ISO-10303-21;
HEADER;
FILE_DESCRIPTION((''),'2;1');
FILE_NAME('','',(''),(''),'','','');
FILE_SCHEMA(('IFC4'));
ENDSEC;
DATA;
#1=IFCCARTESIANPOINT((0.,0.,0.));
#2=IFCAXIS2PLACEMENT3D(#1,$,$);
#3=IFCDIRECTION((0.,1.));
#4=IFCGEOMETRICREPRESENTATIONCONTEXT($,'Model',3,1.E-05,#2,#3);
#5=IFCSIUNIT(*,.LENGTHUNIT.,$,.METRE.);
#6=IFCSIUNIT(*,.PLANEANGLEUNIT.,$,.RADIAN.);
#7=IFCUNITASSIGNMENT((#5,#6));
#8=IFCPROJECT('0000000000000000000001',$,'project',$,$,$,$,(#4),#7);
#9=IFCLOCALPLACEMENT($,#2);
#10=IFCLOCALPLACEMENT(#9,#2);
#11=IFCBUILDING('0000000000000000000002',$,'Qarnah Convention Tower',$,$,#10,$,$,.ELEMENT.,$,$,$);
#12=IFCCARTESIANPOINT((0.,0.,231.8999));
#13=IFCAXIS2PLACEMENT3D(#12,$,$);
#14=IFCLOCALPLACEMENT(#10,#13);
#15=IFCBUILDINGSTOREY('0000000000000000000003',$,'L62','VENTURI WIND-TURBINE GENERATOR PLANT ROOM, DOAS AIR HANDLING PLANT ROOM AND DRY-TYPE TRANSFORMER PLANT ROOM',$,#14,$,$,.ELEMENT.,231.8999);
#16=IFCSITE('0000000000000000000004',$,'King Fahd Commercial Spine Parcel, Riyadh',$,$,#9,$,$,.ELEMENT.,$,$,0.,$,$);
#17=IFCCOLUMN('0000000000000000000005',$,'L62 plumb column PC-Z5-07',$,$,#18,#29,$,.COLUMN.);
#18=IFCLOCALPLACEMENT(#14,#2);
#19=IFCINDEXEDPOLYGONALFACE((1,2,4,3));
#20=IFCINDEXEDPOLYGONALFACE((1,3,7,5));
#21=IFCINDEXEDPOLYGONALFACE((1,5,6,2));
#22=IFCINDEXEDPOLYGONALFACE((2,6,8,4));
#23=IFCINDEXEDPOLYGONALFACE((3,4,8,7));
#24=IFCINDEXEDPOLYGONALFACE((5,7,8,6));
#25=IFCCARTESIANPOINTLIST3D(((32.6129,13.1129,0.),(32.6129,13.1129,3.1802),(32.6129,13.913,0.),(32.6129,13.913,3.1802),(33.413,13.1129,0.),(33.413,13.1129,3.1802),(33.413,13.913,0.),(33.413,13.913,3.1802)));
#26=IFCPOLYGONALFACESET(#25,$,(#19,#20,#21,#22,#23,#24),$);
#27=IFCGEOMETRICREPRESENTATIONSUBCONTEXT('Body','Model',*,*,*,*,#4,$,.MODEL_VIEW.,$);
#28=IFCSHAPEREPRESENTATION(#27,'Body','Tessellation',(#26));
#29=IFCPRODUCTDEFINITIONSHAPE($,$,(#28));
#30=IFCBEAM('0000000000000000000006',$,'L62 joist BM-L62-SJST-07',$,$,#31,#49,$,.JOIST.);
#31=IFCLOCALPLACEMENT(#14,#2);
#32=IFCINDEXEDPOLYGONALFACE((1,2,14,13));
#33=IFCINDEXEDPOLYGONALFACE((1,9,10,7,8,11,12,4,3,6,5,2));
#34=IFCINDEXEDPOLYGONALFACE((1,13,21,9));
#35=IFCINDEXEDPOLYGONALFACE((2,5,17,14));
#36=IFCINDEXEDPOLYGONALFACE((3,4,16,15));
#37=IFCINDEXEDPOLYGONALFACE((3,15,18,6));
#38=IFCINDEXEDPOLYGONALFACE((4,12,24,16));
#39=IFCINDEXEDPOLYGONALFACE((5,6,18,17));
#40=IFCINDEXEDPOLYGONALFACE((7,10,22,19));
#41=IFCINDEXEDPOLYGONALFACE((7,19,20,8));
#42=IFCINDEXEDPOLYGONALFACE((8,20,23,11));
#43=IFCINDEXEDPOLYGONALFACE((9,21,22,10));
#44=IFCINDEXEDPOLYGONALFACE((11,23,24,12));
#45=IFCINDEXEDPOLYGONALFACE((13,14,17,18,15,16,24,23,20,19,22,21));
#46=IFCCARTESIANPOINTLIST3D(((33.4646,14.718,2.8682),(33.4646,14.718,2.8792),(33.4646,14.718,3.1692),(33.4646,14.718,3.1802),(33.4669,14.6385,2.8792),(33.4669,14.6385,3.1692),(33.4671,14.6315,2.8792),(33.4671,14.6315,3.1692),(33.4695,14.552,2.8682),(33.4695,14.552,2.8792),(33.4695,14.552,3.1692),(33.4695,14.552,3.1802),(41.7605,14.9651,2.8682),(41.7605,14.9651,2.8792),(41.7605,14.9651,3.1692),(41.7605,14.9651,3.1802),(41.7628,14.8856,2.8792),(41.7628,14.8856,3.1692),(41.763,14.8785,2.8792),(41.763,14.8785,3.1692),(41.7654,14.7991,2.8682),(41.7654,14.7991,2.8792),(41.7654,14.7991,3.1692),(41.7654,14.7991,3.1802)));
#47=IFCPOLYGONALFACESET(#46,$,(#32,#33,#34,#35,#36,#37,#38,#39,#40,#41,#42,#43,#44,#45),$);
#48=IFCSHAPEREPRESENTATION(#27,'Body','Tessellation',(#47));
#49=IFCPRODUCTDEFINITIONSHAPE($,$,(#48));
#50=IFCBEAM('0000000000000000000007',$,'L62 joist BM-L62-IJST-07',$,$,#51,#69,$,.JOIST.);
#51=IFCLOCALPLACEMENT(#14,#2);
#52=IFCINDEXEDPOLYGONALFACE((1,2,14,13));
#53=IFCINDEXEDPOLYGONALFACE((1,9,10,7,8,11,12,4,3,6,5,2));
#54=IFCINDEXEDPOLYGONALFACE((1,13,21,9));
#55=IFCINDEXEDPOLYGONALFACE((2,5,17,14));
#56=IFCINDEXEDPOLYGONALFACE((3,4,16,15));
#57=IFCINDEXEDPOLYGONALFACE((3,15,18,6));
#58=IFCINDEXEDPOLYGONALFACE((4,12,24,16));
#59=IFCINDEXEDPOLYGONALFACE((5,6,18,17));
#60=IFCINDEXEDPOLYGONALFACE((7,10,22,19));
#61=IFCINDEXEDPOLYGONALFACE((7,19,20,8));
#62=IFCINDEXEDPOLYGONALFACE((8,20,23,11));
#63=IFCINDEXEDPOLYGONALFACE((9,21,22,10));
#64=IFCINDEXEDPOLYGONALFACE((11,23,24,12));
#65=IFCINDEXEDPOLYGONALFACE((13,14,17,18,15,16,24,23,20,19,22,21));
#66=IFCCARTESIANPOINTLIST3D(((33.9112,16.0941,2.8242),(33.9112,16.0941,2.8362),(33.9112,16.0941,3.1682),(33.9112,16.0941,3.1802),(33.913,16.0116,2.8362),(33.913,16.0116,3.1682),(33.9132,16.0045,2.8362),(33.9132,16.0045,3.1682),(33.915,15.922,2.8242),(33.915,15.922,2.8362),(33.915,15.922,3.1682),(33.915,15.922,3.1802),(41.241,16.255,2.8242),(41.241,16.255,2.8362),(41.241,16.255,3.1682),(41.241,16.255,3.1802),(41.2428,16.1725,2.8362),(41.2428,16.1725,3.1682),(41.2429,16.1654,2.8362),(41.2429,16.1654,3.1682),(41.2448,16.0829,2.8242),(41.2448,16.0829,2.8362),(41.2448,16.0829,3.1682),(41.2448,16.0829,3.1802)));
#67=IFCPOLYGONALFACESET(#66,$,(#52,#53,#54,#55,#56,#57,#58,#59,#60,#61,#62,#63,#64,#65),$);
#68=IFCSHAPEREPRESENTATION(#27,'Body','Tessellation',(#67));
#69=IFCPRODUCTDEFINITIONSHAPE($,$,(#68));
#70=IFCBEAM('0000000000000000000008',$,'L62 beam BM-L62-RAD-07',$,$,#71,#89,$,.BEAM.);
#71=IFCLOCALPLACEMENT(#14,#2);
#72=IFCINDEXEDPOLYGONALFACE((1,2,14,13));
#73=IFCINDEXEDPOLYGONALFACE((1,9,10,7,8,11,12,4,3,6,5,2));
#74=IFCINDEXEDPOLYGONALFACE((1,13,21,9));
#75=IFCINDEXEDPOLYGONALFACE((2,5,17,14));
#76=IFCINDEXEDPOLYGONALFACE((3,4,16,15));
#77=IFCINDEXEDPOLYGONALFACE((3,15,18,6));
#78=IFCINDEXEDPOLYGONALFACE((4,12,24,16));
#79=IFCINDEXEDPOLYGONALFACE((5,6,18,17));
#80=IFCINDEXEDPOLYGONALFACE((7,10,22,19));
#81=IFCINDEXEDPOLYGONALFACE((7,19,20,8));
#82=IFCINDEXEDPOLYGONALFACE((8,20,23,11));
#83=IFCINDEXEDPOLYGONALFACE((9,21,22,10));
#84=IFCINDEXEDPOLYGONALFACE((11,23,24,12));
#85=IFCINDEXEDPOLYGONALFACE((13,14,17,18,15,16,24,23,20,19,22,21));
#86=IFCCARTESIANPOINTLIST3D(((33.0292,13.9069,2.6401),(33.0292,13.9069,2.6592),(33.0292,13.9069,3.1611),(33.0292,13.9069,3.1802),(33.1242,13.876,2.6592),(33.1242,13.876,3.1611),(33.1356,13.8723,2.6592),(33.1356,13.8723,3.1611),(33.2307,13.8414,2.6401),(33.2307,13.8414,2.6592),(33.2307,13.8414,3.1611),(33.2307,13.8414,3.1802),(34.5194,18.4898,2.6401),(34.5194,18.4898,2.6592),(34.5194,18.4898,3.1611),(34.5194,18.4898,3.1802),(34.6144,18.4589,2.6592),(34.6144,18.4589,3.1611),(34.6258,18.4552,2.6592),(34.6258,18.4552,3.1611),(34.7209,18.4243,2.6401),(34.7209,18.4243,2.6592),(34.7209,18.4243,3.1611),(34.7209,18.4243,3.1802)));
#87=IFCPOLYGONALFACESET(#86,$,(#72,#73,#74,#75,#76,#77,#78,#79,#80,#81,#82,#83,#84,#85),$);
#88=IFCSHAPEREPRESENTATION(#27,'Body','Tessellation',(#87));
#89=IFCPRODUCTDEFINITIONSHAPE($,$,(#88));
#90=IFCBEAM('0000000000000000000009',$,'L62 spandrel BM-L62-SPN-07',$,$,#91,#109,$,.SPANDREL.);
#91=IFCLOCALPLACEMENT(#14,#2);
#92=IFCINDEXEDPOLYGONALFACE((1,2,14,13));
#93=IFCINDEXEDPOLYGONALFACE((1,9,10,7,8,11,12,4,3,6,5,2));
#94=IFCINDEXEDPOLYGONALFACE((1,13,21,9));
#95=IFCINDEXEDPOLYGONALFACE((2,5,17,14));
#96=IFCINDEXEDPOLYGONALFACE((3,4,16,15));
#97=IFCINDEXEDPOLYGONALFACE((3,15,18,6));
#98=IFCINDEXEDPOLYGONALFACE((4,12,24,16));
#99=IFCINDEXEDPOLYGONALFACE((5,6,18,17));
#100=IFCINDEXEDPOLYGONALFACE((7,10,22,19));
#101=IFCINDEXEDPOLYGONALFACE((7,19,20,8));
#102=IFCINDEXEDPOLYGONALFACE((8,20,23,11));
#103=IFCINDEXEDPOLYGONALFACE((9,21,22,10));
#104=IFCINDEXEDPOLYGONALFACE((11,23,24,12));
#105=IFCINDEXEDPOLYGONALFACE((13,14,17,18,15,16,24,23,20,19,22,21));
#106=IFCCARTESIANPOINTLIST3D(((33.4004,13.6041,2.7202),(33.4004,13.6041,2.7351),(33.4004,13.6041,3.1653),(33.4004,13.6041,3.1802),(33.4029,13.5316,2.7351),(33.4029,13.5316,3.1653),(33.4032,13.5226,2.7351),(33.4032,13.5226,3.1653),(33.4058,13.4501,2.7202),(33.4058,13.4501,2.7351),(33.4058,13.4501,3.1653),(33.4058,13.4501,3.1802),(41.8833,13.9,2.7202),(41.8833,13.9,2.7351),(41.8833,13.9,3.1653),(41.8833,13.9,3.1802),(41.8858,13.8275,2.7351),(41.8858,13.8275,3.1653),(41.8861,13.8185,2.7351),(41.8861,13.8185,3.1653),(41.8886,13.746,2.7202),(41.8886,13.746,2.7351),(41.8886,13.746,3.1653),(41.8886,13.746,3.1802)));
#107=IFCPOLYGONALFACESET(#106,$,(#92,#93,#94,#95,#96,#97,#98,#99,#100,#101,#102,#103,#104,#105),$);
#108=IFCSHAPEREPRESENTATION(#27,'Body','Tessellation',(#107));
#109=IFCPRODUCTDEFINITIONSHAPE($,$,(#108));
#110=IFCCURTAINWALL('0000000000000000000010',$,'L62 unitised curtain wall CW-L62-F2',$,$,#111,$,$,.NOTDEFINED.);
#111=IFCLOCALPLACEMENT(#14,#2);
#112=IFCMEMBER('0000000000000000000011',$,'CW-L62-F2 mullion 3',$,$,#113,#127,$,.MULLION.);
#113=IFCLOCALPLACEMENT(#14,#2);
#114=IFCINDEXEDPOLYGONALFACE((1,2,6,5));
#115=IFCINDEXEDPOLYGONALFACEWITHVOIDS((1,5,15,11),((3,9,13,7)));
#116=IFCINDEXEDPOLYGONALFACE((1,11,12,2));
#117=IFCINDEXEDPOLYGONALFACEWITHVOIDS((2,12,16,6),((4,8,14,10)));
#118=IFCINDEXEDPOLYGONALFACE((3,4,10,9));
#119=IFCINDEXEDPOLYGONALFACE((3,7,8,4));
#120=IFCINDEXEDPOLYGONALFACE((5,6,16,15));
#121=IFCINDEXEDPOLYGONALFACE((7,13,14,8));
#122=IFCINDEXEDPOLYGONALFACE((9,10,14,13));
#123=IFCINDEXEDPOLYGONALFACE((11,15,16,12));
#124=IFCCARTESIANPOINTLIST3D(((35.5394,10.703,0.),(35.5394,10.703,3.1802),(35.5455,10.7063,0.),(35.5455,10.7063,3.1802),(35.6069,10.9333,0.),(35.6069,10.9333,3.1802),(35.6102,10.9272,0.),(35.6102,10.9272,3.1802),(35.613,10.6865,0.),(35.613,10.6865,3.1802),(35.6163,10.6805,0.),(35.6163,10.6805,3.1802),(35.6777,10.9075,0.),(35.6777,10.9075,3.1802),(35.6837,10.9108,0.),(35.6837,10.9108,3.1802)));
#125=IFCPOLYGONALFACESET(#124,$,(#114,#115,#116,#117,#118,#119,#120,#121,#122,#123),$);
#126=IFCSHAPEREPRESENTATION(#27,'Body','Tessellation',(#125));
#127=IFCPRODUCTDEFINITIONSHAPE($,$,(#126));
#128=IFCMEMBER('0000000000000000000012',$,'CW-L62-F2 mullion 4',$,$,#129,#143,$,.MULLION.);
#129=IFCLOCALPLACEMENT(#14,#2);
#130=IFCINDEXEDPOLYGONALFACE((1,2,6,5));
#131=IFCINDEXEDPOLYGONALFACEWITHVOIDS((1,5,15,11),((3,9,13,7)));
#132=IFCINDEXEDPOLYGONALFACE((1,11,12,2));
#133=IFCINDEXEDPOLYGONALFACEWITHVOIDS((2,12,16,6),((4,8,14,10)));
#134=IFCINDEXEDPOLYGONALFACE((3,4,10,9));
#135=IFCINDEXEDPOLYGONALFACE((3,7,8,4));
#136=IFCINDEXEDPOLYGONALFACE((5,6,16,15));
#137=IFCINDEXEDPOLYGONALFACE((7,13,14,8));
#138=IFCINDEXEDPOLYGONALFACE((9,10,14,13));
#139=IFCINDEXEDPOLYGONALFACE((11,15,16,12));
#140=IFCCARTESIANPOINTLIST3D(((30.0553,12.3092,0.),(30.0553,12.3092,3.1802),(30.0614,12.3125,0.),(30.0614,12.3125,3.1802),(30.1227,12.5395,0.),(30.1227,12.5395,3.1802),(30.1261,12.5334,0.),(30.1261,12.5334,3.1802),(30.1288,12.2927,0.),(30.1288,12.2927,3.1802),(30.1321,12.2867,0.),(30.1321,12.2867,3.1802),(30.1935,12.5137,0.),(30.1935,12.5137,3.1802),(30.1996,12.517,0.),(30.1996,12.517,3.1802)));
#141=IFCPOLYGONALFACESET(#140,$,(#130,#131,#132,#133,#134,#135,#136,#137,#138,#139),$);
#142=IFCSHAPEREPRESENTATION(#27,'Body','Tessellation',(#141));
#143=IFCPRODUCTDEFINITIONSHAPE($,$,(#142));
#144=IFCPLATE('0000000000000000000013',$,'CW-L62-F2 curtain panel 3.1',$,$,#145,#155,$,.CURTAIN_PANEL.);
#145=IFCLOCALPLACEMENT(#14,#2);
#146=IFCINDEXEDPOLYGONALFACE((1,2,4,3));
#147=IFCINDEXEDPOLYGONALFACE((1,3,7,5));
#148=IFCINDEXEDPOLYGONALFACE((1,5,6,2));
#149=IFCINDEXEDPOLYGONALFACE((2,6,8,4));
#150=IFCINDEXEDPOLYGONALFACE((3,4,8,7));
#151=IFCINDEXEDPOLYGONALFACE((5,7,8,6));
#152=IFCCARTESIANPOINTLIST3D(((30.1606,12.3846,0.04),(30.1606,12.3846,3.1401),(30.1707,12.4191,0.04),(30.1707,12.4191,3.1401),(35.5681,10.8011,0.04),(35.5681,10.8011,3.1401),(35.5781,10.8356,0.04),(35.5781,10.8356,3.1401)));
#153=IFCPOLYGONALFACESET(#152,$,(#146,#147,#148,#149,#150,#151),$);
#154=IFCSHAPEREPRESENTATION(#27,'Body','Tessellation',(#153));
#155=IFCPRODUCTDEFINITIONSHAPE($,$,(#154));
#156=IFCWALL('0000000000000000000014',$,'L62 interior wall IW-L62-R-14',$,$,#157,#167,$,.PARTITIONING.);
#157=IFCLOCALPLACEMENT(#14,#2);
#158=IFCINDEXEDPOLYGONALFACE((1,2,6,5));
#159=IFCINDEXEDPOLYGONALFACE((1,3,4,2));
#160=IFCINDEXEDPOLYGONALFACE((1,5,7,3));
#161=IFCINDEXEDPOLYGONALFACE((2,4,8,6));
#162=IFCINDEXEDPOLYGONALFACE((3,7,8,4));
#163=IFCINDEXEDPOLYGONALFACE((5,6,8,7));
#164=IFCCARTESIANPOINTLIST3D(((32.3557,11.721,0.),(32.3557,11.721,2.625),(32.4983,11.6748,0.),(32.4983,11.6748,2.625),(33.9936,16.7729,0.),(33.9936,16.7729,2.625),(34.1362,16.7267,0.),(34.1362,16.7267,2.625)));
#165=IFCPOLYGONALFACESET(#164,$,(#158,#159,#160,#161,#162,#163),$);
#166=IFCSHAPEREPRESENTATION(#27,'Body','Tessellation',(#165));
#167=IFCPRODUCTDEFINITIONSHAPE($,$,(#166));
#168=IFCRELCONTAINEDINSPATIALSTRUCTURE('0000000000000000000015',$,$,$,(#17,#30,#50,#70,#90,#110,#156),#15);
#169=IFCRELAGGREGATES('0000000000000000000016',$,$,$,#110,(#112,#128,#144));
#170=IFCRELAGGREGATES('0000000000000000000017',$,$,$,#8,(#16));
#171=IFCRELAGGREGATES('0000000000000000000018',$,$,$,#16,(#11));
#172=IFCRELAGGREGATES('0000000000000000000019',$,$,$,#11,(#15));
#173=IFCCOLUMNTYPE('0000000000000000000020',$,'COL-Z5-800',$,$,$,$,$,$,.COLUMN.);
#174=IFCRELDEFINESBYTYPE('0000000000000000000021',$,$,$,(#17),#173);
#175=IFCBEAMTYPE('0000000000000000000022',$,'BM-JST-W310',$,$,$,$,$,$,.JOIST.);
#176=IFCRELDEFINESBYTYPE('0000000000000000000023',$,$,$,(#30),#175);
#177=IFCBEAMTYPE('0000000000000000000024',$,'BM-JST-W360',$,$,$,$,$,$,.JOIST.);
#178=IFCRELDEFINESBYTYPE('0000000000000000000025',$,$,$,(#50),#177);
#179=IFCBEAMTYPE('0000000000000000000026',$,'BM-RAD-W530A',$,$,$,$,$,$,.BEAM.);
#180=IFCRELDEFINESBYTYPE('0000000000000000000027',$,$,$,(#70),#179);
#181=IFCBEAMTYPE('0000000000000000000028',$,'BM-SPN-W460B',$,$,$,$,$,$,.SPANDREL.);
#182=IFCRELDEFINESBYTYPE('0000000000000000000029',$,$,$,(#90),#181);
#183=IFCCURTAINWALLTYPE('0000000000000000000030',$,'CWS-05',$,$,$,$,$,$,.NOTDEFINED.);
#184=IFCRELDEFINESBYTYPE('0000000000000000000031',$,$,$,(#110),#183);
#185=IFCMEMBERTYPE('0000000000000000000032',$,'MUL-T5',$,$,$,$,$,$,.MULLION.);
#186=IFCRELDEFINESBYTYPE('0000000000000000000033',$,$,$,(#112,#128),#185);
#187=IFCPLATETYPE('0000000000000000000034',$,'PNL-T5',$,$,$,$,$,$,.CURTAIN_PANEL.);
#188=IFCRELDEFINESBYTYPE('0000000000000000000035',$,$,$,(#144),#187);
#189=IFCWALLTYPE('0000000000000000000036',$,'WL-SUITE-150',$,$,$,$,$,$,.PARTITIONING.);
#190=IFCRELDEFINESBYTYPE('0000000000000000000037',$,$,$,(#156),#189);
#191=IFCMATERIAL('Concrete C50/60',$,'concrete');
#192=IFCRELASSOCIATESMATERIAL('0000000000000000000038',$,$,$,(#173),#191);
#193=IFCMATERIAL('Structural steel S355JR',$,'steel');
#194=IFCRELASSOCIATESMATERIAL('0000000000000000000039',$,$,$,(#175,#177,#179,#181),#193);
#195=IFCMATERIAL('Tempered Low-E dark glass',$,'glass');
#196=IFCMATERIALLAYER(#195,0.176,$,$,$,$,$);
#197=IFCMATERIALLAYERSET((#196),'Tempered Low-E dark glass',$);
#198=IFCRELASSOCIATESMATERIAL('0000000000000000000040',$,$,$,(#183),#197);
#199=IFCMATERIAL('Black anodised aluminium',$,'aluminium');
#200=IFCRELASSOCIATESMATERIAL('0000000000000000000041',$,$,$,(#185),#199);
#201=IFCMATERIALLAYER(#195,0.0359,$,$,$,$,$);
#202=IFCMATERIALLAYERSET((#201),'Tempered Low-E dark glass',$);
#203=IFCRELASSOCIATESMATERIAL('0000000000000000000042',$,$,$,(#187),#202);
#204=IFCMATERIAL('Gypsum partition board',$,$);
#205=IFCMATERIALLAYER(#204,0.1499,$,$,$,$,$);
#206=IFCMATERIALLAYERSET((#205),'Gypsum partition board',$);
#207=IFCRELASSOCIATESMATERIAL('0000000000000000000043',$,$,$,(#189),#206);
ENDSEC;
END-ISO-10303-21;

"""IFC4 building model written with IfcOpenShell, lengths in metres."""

from ifc_helpers import new_model, si_unit, direction, frame, frame_2d, origin, origin_2d, place, context, subcontext, project, spatial, rectangle, hollow_rectangle, i_section, extrude, material, layer, layer_set, material_profile, profile_set, type_object, element, aggregate, save


model = new_model("IFC4")

# Units and contexts
model_context = context("Model", 3, precision=1e-05, world=origin(), true_north=direction((0.0, 1.0)))
body_context = subcontext(model_context, "Body", "Model", "MODEL_VIEW")
ifc_project = project(units=[si_unit("LENGTHUNIT", "METRE"), si_unit("PLANEANGLEUNIT", "RADIAN")], contexts=[model_context])

# Site, building, storey
site_placement = place(None, origin())
site = spatial("IfcSite", under=ifc_project, at=site_placement, Name="King Fahd Commercial Spine Parcel, Riyadh", CompositionType="ELEMENT", RefElevation=0.0)
building_placement = place(site_placement, origin())
building = spatial("IfcBuilding", under=site, at=building_placement, Name="Qarnah Convention Tower", CompositionType="ELEMENT")
storey_placement = place(building_placement, frame((0.0, 0.0, 231.8999)))
storey = spatial("IfcBuildingStorey", under=building, at=storey_placement, Name="L62", Description="VENTURI WIND-TURBINE GENERATOR PLANT ROOM, DOAS AIR HANDLING PLANT ROOM AND DRY-TYPE TRANSFORMER PLANT ROOM", CompositionType="ELEMENT", Elevation=231.8999)

# Column
ifc_material_1 = material(Name="Concrete C50/60", Category="concrete")
ifc_material_profile_1 = material_profile(ifc_material_1, rectangle(XDim=0.8, YDim=0.8, at=origin_2d()), Name="RC-COL-800X800")
ifc_profile_set_1 = profile_set([ifc_material_profile_1], Name="Concrete C50/60")
column_type = type_object("IfcColumnType", Name="COL-Z5-800", PredefinedType="COLUMN", material=ifc_profile_set_1)
column_placement = place(storey_placement, frame((33.0129, 13.5129, 0.0), z_axis=(0.0, 0.0, 1.0), x_axis=(1.0, 0.0, 0.0)))
element("IfcColumn", 1, at=column_placement, inside=storey, type_object=column_type, Name="L62 plumb column PC-Z5-07", PredefinedType="COLUMN", context=body_context, shape_type="SweptSolid", body=[
    extrude(rectangle(XDim=0.8, YDim=0.8, at=origin_2d()), origin(), (0.0, 0.0, 1.0), 3.1802),
])

# Beams
ifc_material_2 = material(Name="Structural steel S355JR", Category="steel")
ifc_material_profile_2 = material_profile(ifc_material_2, i_section(OverallWidth=0.166, OverallDepth=0.312, WebThickness=0.0071, FlangeThickness=0.011, at=origin_2d()), Name="W310X45")
ifc_profile_set_2 = profile_set([ifc_material_profile_2], Name="Structural steel S355JR")
beam_type_1 = type_object("IfcBeamType", Name="BM-JST-W310", PredefinedType="JOIST", material=ifc_profile_set_2)
beam_1_placement = place(storey_placement, frame((33.467, 14.635, 3.0242), z_axis=(0.999557, 0.029769, 0.0), x_axis=(-0.029769, 0.999557, 0.0)))
element("IfcBeam", 2, at=beam_1_placement, inside=storey, type_object=beam_type_1, Name="L62 joist BM-L62-SJST-07", PredefinedType="JOIST", context=body_context, shape_type="SweptSolid", body=[
    extrude(i_section(OverallWidth=0.166, OverallDepth=0.312, WebThickness=0.0071, FlangeThickness=0.011, at=origin_2d()), origin(), (0.0, 0.0, 1.0), 8.2996),
])
ifc_material_profile_3 = material_profile(ifc_material_2, i_section(OverallWidth=0.1721, OverallDepth=0.356, WebThickness=0.0071, FlangeThickness=0.012, at=origin_2d()), Name="W360X51")
ifc_profile_set_3 = profile_set([ifc_material_profile_3], Name="Structural steel S355JR")
beam_type_2 = type_object("IfcBeamType", Name="BM-JST-W360", PredefinedType="JOIST", material=ifc_profile_set_3)
beam_2_placement = place(storey_placement, frame((33.9131, 16.0081, 3.0022), z_axis=(0.999759, 0.021945, 0.0), x_axis=(-0.021945, 0.999759, 0.0)))
element("IfcBeam", 3, at=beam_2_placement, inside=storey, type_object=beam_type_2, Name="L62 joist BM-L62-IJST-07", PredefinedType="JOIST", context=body_context, shape_type="SweptSolid", body=[
    extrude(i_section(OverallWidth=0.1721, OverallDepth=0.356, WebThickness=0.0071, FlangeThickness=0.012, at=origin_2d()), origin(), (0.0, 0.0, 1.0), 7.3315),
])
ifc_material_profile_4 = material_profile(ifc_material_2, i_section(OverallWidth=0.2119, OverallDepth=0.54, WebThickness=0.012, FlangeThickness=0.019, at=origin_2d()), Name="W530X109")
ifc_profile_set_4 = profile_set([ifc_material_profile_4], Name="Structural steel S355JR")
beam_type_3 = type_object("IfcBeamType", Name="BM-RAD-W530A", PredefinedType="BEAM", material=ifc_profile_set_4)
beam_3_placement = place(storey_placement, frame((34.6201, 18.457, 2.9102), z_axis=(-0.309228, -0.950988, 0.0), x_axis=(0.950988, -0.309228, 0.0)))
element("IfcBeam", 4, at=beam_3_placement, inside=storey, type_object=beam_type_3, Name="L62 beam BM-L62-RAD-07", PredefinedType="BEAM", context=body_context, shape_type="SweptSolid", body=[
    extrude(i_section(OverallWidth=0.2119, OverallDepth=0.54, WebThickness=0.012, FlangeThickness=0.019, at=origin_2d()), origin(), (0.0, 0.0, 1.0), 4.8191),
])
ifc_material_profile_5 = material_profile(ifc_material_2, i_section(OverallWidth=0.1541, OverallDepth=0.46, WebThickness=0.009, FlangeThickness=0.0149, at=origin_2d()), Name="W460X68")
ifc_profile_set_5 = profile_set([ifc_material_profile_5], Name="Structural steel S355JR")
beam_type_4 = type_object("IfcBeamType", Name="BM-SPN-W460B", PredefinedType="SPANDREL", material=ifc_profile_set_5)
beam_4_placement = place(storey_placement, frame((33.4031, 13.5271, 2.9502), z_axis=(0.999392, 0.034861, 0.0), x_axis=(-0.034861, 0.999392, 0.0)))
element("IfcBeam", 5, at=beam_4_placement, inside=storey, type_object=beam_type_4, Name="L62 spandrel BM-L62-SPN-07", PredefinedType="SPANDREL", context=body_context, shape_type="SweptSolid", body=[
    extrude(i_section(OverallWidth=0.1541, OverallDepth=0.46, WebThickness=0.009, FlangeThickness=0.0149, at=origin_2d()), origin(), (0.0, 0.0, 1.0), 8.488),
])

# Curtain wall, members, plate
ifc_material_3 = material(Name="Tempered Low-E dark glass", Category="glass")
ifc_layer_1 = layer(ifc_material_3, 0.176)
ifc_layer_set_1 = layer_set([ifc_layer_1], Name="Tempered Low-E dark glass")
curtain_wall_type = type_object("IfcCurtainWallType", Name="CWS-05", PredefinedType="NOTDEFINED", material=ifc_layer_set_1)
curtain_wall_placement = place(storey_placement, origin())
curtain_wall = element("IfcCurtainWall", 6, at=curtain_wall_placement, inside=storey, type_object=curtain_wall_type, Name="L62 unitised curtain wall CW-L62-F2", PredefinedType="NOTDEFINED")
ifc_material_4 = material(Name="Black anodised aluminium", Category="aluminium")
ifc_material_profile_6 = material_profile(ifc_material_4, hollow_rectangle(XDim=0.0801, YDim=0.24, WallThickness=0.0049, at=origin_2d()), Name="MUL-80X240")
ifc_profile_set_6 = profile_set([ifc_material_profile_6], Name="Black anodised aluminium")
member_type = type_object("IfcMemberType", Name="MUL-T5", PredefinedType="MULLION", material=ifc_profile_set_6)
member_1_placement = place(storey_placement, frame((35.6116, 10.8069, 0.0), z_axis=(0.0, 0.0, 1.0), x_axis=(-0.959696, 0.281039, 0.0)))
member_1 = element("IfcMember", 7, at=member_1_placement, type_object=member_type, Name="CW-L62-F2 mullion 3", PredefinedType="MULLION", context=body_context, shape_type="SweptSolid", body=[
    extrude(hollow_rectangle(XDim=0.0801, YDim=0.24, WallThickness=0.0049, at=origin_2d()), origin(), (0.0, 0.0, 1.0), 3.1802),
])
member_2_placement = place(storey_placement, frame((30.1274, 12.4131, 0.0), z_axis=(0.0, 0.0, 1.0), x_axis=(-0.959696, 0.281039, 0.0)))
member_2 = element("IfcMember", 8, at=member_2_placement, type_object=member_type, Name="CW-L62-F2 mullion 4", PredefinedType="MULLION", context=body_context, shape_type="SweptSolid", body=[
    extrude(hollow_rectangle(XDim=0.0801, YDim=0.24, WallThickness=0.0049, at=origin_2d()), origin(), (0.0, 0.0, 1.0), 3.1802),
])
ifc_layer_2 = layer(ifc_material_3, 0.0359)
ifc_layer_set_2 = layer_set([ifc_layer_2], Name="Tempered Low-E dark glass")
plate_type = type_object("IfcPlateType", Name="PNL-T5", PredefinedType="CURTAIN_PANEL", material=ifc_layer_set_2)
plate_placement = place(storey_placement, frame((32.8694, 11.6101, 0.04), z_axis=(0.0, 0.0, 1.0), x_axis=(-0.959696, 0.281039, 0.0)))
plate = element("IfcPlate", 9, at=plate_placement, type_object=plate_type, Name="CW-L62-F2 curtain panel 3.1", PredefinedType="CURTAIN_PANEL", context=body_context, shape_type="SweptSolid", body=[
    extrude(rectangle(XDim=5.6345, YDim=0.0359, at=origin_2d()), origin(), (0.0, 0.0, 1.0), 3.1001),
])
aggregate(curtain_wall, [member_1, member_2, plate])

# Wall
ifc_material_5 = material(Name="Gypsum partition board")
ifc_layer_3 = layer(ifc_material_5, 0.1499)
ifc_layer_set_3 = layer_set([ifc_layer_3], Name="Gypsum partition board")
wall_type_1 = type_object("IfcWallType", Name="WL-SUITE-150", PredefinedType="PARTITIONING", material=ifc_layer_set_3)
wall_1_placement = place(storey_placement, frame((32.427, 11.698, 0.0), z_axis=(0.0, 0.0, 1.0), x_axis=(0.308411, 0.951253, 0.0)))
element("IfcWall", 10, at=wall_1_placement, inside=storey, type_object=wall_type_1, Name="L62 interior wall IW-L62-R-14", PredefinedType="PARTITIONING", context=body_context, shape_type="SweptSolid", body=[
    extrude(rectangle(XDim=5.3108, YDim=0.1499, at=frame_2d((2.6553, 0.0))), origin(), (0.0, 0.0, 1.0), 2.625),
])

save(model, "model.ifc")
